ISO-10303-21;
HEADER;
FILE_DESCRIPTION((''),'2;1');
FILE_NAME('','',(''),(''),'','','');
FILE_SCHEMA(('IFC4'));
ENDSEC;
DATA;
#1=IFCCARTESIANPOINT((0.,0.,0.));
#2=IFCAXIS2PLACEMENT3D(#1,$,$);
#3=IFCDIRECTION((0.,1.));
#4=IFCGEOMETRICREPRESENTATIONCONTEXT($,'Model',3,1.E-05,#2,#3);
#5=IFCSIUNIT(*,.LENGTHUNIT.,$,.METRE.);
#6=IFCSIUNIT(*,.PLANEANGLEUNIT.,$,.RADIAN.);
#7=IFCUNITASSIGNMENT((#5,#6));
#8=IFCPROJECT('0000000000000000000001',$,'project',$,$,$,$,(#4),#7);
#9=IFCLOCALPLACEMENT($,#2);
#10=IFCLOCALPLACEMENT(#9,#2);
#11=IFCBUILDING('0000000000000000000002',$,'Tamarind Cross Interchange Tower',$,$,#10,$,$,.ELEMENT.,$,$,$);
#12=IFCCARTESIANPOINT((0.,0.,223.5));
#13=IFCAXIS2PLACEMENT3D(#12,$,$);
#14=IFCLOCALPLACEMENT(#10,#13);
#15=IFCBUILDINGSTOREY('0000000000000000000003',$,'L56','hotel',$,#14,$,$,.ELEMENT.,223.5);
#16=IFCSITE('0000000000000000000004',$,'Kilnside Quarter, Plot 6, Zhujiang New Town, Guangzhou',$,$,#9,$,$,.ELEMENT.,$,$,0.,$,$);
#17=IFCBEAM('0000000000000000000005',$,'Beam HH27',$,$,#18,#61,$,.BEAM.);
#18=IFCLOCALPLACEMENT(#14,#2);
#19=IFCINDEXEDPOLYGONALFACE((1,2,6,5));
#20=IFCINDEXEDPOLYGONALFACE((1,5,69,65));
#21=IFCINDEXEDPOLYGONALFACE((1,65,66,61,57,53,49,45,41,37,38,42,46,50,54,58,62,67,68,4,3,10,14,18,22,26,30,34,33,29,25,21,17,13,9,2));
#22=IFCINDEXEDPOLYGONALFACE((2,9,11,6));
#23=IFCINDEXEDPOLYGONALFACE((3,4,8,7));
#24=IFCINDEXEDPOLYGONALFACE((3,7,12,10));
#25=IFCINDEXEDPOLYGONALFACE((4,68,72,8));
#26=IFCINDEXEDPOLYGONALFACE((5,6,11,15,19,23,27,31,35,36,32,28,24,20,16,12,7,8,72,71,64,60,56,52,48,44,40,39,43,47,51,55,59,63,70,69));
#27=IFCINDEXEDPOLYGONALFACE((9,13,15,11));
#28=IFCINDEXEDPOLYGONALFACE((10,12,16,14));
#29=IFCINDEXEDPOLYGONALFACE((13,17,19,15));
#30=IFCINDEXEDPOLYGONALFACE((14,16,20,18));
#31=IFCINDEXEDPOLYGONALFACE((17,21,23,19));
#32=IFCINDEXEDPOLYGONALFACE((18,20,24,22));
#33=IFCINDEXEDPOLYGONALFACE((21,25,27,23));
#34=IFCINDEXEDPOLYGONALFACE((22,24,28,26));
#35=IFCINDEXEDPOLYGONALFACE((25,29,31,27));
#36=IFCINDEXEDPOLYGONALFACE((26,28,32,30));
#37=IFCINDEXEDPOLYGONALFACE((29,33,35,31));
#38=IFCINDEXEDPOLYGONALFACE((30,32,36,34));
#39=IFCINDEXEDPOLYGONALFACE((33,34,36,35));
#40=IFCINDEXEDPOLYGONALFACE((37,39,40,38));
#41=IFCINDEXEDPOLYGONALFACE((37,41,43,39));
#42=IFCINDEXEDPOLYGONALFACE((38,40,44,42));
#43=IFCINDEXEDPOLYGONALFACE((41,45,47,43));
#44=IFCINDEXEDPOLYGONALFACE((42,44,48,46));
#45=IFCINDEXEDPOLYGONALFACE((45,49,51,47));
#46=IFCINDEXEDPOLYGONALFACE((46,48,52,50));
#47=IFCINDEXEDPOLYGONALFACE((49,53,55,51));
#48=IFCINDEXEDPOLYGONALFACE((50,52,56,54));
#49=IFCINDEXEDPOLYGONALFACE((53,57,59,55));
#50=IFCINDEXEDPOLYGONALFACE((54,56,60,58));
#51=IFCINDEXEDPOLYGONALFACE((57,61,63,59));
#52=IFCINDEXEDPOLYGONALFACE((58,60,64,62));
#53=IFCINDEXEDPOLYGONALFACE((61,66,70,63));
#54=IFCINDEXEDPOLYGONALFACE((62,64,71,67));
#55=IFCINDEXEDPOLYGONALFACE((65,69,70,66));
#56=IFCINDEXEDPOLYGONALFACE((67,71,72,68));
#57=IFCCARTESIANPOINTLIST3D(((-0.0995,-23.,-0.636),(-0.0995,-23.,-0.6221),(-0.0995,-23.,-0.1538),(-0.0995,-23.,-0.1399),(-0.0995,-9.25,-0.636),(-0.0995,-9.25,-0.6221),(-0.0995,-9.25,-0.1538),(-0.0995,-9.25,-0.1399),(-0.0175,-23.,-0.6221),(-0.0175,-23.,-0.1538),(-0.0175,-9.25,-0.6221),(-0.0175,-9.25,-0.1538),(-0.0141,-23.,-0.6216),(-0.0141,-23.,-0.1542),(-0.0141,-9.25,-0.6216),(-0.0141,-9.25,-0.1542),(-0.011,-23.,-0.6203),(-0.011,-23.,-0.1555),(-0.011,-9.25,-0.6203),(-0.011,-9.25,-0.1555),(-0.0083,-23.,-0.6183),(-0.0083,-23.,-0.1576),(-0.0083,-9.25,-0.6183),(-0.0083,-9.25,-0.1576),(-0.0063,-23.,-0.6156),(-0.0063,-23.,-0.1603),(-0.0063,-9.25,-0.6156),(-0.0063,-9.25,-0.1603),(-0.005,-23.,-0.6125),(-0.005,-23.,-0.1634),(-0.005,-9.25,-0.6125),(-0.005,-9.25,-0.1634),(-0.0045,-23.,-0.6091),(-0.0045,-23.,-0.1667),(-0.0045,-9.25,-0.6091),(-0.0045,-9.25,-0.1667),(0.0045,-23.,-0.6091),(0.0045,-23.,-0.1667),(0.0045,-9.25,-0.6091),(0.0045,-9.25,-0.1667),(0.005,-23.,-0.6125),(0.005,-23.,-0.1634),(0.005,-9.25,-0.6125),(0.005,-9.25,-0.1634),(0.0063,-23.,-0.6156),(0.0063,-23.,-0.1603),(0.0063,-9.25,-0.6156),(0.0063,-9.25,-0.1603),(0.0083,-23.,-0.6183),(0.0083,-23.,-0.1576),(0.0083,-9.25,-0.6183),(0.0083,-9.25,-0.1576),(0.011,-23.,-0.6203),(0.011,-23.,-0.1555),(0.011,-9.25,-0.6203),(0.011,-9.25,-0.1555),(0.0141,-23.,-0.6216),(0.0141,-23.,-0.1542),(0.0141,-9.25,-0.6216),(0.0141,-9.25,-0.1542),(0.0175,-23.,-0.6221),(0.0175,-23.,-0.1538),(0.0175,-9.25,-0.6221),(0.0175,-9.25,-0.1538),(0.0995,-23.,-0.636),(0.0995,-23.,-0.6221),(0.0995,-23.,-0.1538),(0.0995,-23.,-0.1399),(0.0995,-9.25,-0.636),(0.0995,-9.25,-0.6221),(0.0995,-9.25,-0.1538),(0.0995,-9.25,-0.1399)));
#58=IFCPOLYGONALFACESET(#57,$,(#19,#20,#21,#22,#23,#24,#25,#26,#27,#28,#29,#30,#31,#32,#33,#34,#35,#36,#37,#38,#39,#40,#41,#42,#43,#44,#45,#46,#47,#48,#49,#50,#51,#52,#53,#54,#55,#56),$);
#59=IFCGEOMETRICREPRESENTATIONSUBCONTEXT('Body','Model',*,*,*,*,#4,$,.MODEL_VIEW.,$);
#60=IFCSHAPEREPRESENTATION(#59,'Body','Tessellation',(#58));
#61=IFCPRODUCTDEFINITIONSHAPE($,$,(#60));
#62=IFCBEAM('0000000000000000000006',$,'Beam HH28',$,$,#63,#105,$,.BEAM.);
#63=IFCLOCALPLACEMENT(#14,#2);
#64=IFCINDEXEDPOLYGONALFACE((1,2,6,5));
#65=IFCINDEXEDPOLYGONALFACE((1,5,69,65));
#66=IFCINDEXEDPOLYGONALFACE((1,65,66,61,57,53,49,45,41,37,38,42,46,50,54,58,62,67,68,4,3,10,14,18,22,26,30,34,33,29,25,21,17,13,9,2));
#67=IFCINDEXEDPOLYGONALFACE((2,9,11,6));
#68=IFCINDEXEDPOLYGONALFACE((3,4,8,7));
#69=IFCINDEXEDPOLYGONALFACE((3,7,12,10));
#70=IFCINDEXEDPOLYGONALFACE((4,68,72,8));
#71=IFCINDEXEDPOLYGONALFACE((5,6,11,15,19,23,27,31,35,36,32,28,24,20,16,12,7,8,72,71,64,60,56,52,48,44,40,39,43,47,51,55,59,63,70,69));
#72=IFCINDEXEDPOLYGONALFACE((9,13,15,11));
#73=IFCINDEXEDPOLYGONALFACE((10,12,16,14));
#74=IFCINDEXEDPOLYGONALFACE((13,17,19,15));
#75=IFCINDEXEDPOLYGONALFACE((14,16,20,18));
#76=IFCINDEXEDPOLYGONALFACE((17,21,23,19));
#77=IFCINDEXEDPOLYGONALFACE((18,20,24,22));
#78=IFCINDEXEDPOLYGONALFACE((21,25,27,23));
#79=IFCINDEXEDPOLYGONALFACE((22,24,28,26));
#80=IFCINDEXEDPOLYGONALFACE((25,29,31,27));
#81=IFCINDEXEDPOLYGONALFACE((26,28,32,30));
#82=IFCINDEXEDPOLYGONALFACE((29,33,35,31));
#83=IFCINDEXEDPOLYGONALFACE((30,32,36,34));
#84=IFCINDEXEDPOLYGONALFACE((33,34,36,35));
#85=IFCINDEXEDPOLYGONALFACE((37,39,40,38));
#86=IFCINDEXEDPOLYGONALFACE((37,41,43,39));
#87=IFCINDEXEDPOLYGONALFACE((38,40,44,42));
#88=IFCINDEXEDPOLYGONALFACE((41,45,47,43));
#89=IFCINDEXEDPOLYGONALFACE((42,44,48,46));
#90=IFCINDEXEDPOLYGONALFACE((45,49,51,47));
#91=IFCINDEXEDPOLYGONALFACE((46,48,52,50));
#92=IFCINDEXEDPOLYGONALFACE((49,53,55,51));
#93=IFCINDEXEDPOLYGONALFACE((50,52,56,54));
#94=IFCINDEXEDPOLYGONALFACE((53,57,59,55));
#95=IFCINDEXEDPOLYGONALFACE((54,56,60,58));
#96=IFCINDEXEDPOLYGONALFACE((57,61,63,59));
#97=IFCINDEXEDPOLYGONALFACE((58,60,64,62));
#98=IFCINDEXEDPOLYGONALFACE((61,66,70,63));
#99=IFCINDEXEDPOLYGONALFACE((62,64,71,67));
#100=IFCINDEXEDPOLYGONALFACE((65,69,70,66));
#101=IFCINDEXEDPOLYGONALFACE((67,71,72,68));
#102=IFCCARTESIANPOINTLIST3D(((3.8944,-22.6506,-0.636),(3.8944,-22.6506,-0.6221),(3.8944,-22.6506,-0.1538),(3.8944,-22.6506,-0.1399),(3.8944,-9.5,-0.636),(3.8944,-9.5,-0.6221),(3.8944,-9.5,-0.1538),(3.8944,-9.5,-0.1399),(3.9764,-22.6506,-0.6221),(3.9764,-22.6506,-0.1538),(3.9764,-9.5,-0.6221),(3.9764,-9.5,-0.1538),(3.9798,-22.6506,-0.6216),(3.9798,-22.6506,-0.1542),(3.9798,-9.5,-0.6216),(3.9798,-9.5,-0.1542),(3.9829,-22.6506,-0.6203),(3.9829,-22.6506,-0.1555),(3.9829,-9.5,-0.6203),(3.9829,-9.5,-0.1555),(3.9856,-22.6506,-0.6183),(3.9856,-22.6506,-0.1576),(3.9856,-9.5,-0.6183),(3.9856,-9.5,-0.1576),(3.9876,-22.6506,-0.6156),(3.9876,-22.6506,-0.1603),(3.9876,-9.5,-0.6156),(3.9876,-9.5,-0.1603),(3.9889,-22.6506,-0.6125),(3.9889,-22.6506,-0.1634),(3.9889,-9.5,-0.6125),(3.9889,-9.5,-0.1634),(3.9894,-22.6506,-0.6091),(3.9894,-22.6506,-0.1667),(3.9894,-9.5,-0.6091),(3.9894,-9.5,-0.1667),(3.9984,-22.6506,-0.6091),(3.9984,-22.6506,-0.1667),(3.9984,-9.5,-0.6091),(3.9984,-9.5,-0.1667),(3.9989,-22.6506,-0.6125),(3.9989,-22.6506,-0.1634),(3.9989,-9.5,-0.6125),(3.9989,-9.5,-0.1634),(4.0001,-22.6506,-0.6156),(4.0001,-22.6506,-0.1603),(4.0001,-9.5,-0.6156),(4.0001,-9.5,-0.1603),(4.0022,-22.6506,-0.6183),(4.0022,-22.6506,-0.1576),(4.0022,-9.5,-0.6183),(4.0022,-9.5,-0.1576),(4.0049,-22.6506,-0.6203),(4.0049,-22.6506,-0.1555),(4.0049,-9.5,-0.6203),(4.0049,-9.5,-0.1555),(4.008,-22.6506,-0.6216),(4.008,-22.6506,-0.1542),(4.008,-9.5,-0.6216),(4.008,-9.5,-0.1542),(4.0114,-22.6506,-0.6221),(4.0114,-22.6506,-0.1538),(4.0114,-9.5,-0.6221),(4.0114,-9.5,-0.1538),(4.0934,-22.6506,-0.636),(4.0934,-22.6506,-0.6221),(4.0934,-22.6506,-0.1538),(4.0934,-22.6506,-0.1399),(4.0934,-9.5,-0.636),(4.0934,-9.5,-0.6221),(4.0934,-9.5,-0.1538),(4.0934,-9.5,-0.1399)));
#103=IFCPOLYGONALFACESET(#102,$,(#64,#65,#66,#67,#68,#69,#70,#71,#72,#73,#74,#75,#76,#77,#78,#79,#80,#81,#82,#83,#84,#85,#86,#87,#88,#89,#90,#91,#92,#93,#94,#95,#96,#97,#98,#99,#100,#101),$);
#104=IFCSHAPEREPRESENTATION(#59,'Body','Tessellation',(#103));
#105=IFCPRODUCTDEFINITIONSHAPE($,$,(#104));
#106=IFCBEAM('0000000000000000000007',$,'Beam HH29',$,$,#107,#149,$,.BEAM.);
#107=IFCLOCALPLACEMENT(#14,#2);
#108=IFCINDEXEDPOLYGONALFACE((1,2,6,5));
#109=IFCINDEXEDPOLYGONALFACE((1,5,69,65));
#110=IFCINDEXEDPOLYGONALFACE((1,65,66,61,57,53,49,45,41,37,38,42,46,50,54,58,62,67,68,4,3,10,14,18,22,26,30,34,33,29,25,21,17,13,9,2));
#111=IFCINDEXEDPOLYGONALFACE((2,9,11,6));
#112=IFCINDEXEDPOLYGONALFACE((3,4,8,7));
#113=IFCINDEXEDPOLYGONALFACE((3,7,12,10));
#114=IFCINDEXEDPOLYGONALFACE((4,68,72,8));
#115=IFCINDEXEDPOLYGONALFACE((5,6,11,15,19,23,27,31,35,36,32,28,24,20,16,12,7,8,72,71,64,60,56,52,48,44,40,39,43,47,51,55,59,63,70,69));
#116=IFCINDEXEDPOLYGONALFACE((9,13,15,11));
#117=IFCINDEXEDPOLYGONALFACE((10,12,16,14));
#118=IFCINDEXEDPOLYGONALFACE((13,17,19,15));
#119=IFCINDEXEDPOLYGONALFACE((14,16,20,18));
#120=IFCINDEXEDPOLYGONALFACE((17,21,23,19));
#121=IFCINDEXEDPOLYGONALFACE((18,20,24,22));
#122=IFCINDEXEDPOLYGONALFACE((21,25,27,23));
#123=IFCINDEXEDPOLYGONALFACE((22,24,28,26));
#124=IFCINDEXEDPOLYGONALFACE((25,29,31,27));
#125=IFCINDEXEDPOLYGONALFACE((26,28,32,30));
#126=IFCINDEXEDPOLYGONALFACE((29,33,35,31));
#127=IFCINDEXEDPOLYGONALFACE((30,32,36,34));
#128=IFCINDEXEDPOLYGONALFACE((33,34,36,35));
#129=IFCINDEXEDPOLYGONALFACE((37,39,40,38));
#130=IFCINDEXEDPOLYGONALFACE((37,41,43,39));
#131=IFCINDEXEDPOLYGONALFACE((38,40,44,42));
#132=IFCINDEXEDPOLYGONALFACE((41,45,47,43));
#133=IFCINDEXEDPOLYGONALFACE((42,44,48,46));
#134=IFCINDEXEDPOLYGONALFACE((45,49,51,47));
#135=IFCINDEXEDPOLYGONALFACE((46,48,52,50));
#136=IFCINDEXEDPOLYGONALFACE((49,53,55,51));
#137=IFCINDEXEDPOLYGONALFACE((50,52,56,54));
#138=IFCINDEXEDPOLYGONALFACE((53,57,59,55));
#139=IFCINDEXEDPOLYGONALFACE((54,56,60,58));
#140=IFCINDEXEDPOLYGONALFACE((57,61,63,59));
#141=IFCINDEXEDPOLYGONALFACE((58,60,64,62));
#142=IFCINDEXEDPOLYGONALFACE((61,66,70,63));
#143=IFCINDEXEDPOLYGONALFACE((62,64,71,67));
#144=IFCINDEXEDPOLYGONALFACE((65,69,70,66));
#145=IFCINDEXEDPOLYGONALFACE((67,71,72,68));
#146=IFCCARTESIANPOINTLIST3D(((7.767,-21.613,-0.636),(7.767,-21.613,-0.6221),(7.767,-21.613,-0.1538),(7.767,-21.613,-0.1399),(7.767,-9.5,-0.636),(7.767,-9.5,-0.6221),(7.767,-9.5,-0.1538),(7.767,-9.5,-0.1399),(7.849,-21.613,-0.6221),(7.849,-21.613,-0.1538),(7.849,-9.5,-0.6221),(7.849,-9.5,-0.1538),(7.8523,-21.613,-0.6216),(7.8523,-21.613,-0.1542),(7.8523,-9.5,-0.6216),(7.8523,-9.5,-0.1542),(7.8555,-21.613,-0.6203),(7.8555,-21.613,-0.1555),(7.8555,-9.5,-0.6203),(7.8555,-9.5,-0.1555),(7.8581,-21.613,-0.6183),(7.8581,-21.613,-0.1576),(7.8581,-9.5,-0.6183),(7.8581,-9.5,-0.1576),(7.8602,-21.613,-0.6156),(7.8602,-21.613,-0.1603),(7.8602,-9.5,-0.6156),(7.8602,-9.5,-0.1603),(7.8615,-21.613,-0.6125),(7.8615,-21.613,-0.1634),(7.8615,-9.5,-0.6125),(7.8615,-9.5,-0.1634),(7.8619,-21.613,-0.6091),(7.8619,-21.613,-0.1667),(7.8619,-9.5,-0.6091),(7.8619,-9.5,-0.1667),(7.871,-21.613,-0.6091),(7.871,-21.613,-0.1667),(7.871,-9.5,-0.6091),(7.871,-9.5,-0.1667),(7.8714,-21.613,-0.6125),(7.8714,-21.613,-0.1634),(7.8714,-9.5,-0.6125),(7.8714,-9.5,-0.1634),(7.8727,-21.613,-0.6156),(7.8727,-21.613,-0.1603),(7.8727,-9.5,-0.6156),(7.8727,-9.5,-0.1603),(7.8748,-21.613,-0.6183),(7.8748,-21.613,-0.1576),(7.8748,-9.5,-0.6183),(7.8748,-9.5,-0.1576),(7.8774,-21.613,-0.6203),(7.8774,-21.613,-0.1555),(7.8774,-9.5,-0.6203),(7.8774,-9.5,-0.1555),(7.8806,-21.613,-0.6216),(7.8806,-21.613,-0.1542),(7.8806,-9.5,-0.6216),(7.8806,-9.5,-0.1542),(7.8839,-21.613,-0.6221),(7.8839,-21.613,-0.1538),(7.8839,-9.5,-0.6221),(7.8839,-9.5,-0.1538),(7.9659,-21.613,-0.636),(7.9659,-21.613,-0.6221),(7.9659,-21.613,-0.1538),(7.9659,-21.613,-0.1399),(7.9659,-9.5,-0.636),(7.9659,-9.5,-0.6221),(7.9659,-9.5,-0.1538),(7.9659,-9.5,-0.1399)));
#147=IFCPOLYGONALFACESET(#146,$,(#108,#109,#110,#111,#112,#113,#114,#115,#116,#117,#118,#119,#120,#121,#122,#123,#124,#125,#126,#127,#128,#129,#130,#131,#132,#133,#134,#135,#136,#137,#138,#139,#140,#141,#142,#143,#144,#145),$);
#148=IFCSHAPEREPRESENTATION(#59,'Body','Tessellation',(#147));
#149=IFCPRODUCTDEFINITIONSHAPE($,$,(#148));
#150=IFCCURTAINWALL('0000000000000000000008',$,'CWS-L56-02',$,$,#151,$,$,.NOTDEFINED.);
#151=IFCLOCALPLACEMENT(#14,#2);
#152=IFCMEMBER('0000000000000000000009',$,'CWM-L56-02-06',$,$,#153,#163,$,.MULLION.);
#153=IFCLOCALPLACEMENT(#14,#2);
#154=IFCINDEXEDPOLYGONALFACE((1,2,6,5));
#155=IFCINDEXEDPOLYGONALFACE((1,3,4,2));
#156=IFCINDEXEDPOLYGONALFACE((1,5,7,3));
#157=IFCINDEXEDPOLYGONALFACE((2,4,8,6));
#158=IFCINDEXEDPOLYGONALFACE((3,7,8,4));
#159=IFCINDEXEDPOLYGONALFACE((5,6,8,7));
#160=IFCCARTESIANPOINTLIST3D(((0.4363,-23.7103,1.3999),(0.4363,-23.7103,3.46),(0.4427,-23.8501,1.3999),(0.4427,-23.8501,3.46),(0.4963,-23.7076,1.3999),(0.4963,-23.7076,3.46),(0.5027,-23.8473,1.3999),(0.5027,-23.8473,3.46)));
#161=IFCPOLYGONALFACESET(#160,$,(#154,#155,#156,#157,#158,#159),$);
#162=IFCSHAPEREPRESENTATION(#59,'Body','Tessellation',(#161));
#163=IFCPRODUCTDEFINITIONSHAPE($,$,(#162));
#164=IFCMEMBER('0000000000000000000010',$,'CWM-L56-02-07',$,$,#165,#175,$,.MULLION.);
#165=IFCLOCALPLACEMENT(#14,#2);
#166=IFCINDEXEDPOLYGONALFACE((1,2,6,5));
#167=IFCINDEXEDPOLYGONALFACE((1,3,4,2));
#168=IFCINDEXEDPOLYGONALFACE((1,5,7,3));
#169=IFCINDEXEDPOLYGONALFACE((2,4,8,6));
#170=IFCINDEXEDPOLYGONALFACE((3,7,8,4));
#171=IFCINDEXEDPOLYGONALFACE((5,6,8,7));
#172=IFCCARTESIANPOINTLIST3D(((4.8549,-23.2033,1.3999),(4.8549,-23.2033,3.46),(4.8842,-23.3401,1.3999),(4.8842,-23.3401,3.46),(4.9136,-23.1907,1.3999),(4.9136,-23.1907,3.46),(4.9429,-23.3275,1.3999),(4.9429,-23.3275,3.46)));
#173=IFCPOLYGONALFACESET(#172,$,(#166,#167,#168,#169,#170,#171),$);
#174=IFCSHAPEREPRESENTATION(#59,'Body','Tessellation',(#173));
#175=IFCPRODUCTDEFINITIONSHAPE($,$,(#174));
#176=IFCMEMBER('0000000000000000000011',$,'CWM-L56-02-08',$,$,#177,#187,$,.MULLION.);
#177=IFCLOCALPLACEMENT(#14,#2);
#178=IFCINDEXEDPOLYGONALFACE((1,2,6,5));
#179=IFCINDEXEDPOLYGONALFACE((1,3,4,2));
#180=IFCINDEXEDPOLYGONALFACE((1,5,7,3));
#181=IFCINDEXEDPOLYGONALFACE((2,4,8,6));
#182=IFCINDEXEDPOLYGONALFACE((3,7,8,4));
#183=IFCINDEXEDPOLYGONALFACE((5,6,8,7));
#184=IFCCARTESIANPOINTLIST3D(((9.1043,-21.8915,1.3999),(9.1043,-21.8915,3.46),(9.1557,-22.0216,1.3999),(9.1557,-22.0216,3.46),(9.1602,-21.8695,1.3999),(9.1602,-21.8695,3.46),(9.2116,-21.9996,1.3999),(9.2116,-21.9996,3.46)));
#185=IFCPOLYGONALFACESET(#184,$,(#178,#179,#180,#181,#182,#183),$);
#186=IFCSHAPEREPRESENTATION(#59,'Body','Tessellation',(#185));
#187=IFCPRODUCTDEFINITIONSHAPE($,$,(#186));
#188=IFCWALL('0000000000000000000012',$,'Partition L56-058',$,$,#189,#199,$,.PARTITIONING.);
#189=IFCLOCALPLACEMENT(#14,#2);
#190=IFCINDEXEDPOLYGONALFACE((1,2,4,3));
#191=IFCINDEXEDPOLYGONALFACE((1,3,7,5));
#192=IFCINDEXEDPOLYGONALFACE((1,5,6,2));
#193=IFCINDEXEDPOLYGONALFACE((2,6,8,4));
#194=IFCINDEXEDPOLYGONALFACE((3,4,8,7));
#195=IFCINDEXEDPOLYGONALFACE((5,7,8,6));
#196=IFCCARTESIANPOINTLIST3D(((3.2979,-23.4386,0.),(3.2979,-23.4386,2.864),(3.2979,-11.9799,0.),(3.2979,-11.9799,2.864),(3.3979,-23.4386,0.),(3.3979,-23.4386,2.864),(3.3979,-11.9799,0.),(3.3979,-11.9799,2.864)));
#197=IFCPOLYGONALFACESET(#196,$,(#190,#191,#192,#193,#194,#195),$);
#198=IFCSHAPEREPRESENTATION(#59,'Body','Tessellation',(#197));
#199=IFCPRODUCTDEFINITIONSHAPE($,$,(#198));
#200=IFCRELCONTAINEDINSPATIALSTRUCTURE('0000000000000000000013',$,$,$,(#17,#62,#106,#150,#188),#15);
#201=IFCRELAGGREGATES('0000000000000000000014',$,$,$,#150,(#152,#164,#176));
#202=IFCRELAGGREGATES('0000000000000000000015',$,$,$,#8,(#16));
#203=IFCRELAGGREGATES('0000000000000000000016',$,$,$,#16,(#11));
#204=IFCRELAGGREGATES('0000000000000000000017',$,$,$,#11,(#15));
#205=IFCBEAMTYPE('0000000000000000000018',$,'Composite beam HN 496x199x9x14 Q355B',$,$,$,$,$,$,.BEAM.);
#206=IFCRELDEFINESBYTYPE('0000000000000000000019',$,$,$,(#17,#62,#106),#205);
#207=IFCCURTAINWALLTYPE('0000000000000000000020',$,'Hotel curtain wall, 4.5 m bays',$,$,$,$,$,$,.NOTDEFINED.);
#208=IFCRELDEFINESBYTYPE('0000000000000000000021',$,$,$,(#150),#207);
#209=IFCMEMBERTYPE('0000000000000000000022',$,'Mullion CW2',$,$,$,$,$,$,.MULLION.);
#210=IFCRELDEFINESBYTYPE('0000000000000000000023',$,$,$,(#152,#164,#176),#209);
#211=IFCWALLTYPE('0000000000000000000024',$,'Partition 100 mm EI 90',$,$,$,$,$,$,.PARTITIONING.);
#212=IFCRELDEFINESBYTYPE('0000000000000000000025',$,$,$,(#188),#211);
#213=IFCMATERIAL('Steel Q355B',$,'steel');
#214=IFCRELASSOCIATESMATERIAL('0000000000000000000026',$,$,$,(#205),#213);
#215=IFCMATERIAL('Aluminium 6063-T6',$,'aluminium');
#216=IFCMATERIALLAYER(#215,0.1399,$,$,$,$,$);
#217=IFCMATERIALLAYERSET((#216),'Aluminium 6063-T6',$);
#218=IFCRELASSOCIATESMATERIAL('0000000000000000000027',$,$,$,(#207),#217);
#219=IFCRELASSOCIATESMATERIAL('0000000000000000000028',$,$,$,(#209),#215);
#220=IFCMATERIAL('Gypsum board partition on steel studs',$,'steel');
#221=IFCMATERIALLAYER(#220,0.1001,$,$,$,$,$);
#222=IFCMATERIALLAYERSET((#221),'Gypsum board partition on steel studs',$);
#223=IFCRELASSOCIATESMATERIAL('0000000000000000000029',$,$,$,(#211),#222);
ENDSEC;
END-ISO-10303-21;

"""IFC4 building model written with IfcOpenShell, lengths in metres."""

from ifc_helpers import new_model, si_unit, direction, frame, frame_2d, origin, origin_2d, place, context, subcontext, project, spatial, rectangle, i_section, extrude, material, layer, layer_set, material_profile, profile_set, type_object, element, aggregate, save


model = new_model("IFC4")

# Units and contexts
model_context = context("Model", 3, precision=1e-05, world=origin(), true_north=direction((0.0, 1.0)))
body_context = subcontext(model_context, "Body", "Model", "MODEL_VIEW")
ifc_project = project(units=[si_unit("LENGTHUNIT", "METRE"), si_unit("PLANEANGLEUNIT", "RADIAN")], contexts=[model_context])

# Site, building, storey
site_placement = place(None, origin())
site = spatial("IfcSite", under=ifc_project, at=site_placement, Name="Kilnside Quarter, Plot 6, Zhujiang New Town, Guangzhou", CompositionType="ELEMENT", RefElevation=0.0)
building_placement = place(site_placement, origin())
building = spatial("IfcBuilding", under=site, at=building_placement, Name="Tamarind Cross Interchange Tower", CompositionType="ELEMENT")
storey_placement = place(building_placement, frame((0.0, 0.0, 223.5)))
storey = spatial("IfcBuildingStorey", under=building, at=storey_placement, Name="L56", Description="hotel", CompositionType="ELEMENT", Elevation=223.5)

# Beams
ifc_material_1 = material(Name="Steel Q355B", Category="steel")
ifc_material_profile_1 = material_profile(ifc_material_1, i_section(OverallWidth=0.199, OverallDepth=0.4961, WebThickness=0.009, FlangeThickness=0.0139, FilletRadius=0.0129, at=origin_2d()), Name="HN 496x199x9x14")
ifc_profile_set_1 = profile_set([ifc_material_profile_1], Name="Steel Q355B")
beam_type = type_object("IfcBeamType", Name="Composite beam HN 496x199x9x14 Q355B", PredefinedType="BEAM", material=ifc_profile_set_1)
beam_1_placement = place(storey_placement, frame((0.0, -23.0, -0.3879), z_axis=(0.0, 1.0, 0.0), x_axis=(-1.0, 0.0, 0.0)))
element("IfcBeam", 1, at=beam_1_placement, inside=storey, type_object=beam_type, Name="Beam HH27", PredefinedType="BEAM", context=body_context, shape_type="SweptSolid", body=[
    extrude(i_section(OverallWidth=0.199, OverallDepth=0.4961, WebThickness=0.009, FlangeThickness=0.0139, FilletRadius=0.0129, at=origin_2d()), origin(), (0.0, 0.0, 1.0), 13.75),
])
beam_2_placement = place(storey_placement, frame((3.9939, -22.6506, -0.3879), z_axis=(0.0, 1.0, 0.0), x_axis=(-1.0, 0.0, 0.0)))
element("IfcBeam", 2, at=beam_2_placement, inside=storey, type_object=beam_type, Name="Beam HH28", PredefinedType="BEAM", context=body_context, shape_type="SweptSolid", body=[
    extrude(i_section(OverallWidth=0.199, OverallDepth=0.4961, WebThickness=0.009, FlangeThickness=0.0139, FilletRadius=0.0129, at=origin_2d()), origin(), (0.0, 0.0, 1.0), 13.1506),
])
beam_3_placement = place(storey_placement, frame((7.8665, -21.613, -0.3879), z_axis=(0.0, 1.0, 0.0), x_axis=(-1.0, 0.0, 0.0)))
element("IfcBeam", 3, at=beam_3_placement, inside=storey, type_object=beam_type, Name="Beam HH29", PredefinedType="BEAM", context=body_context, shape_type="SweptSolid", body=[
    extrude(i_section(OverallWidth=0.199, OverallDepth=0.4961, WebThickness=0.009, FlangeThickness=0.0139, FilletRadius=0.0129, at=origin_2d()), origin(), (0.0, 0.0, 1.0), 12.113),
])

# Curtain wall, members
ifc_material_2 = material(Name="Aluminium 6063-T6", Category="aluminium")
ifc_layer_1 = layer(ifc_material_2, 0.1399)
ifc_layer_set_1 = layer_set([ifc_layer_1], Name="Aluminium 6063-T6")
curtain_wall_type = type_object("IfcCurtainWallType", Name="Hotel curtain wall, 4.5 m bays", PredefinedType="NOTDEFINED", material=ifc_layer_set_1)
curtain_wall_placement = place(storey_placement, origin())
curtain_wall = element("IfcCurtainWall", 4, at=curtain_wall_placement, inside=storey, type_object=curtain_wall_type, Name="CWS-L56-02", PredefinedType="NOTDEFINED")
ifc_material_profile_2 = material_profile(ifc_material_2, rectangle(XDim=0.0601, YDim=0.1399, at=origin_2d()), Name="Mullion CW2")
ifc_profile_set_2 = profile_set([ifc_material_profile_2], Name="Aluminium 6063-T6")
member_type = type_object("IfcMemberType", Name="Mullion CW2", PredefinedType="MULLION", material=ifc_profile_set_2)
member_1_placement = place(storey_placement, frame((0.4695, -23.7788, 1.3999), z_axis=(0.0, 0.0, 1.0), x_axis=(0.998959, 0.045624, 0.0)))
member_1 = element("IfcMember", 5, at=member_1_placement, type_object=member_type, Name="CWM-L56-02-06", PredefinedType="MULLION", context=body_context, shape_type="SweptSolid", body=[
    extrude(rectangle(XDim=0.0601, YDim=0.1399, at=origin_2d()), origin(), (0.0, 0.0, 1.0), 2.0601),
])
member_2_placement = place(storey_placement, frame((4.8989, -23.2654, 1.3999), z_axis=(0.0, 0.0, 1.0), x_axis=(0.977825, 0.209425, 0.0)))
member_2 = element("IfcMember", 6, at=member_2_placement, type_object=member_type, Name="CWM-L56-02-07", PredefinedType="MULLION", context=body_context, shape_type="SweptSolid", body=[
    extrude(rectangle(XDim=0.0601, YDim=0.1399, at=origin_2d()), origin(), (0.0, 0.0, 1.0), 2.0601),
])
member_3_placement = place(storey_placement, frame((9.158, -21.9456, 1.3999), z_axis=(0.0, 0.0, 1.0), x_axis=(0.930018, 0.367514, 0.0)))
member_3 = element("IfcMember", 7, at=member_3_placement, type_object=member_type, Name="CWM-L56-02-08", PredefinedType="MULLION", context=body_context, shape_type="SweptSolid", body=[
    extrude(rectangle(XDim=0.0601, YDim=0.1399, at=origin_2d()), origin(), (0.0, 0.0, 1.0), 2.0601),
])
aggregate(curtain_wall, [member_1, member_2, member_3])

# Wall
ifc_material_3 = material(Name="Gypsum board partition on steel studs", Category="steel")
ifc_layer_2 = layer(ifc_material_3, 0.1001)
ifc_layer_set_2 = layer_set([ifc_layer_2], Name="Gypsum board partition on steel studs")
wall_type = type_object("IfcWallType", Name="Partition 100 mm EI 90", PredefinedType="PARTITIONING", material=ifc_layer_set_2)
wall_placement = place(storey_placement, frame((3.3479, -23.4387, 0.0), z_axis=(0.0, 0.0, 1.0), x_axis=(0.0, 1.0, 0.0)))
element("IfcWall", 8, at=wall_placement, inside=storey, type_object=wall_type, Name="Partition L56-058", PredefinedType="PARTITIONING", context=body_context, shape_type="SweptSolid", body=[
    extrude(rectangle(XDim=11.4587, YDim=0.1001, at=frame_2d((5.7295, 0.0))), origin(), (0.0, 0.0, 1.0), 2.864),
])

save(model, "model.ifc")
